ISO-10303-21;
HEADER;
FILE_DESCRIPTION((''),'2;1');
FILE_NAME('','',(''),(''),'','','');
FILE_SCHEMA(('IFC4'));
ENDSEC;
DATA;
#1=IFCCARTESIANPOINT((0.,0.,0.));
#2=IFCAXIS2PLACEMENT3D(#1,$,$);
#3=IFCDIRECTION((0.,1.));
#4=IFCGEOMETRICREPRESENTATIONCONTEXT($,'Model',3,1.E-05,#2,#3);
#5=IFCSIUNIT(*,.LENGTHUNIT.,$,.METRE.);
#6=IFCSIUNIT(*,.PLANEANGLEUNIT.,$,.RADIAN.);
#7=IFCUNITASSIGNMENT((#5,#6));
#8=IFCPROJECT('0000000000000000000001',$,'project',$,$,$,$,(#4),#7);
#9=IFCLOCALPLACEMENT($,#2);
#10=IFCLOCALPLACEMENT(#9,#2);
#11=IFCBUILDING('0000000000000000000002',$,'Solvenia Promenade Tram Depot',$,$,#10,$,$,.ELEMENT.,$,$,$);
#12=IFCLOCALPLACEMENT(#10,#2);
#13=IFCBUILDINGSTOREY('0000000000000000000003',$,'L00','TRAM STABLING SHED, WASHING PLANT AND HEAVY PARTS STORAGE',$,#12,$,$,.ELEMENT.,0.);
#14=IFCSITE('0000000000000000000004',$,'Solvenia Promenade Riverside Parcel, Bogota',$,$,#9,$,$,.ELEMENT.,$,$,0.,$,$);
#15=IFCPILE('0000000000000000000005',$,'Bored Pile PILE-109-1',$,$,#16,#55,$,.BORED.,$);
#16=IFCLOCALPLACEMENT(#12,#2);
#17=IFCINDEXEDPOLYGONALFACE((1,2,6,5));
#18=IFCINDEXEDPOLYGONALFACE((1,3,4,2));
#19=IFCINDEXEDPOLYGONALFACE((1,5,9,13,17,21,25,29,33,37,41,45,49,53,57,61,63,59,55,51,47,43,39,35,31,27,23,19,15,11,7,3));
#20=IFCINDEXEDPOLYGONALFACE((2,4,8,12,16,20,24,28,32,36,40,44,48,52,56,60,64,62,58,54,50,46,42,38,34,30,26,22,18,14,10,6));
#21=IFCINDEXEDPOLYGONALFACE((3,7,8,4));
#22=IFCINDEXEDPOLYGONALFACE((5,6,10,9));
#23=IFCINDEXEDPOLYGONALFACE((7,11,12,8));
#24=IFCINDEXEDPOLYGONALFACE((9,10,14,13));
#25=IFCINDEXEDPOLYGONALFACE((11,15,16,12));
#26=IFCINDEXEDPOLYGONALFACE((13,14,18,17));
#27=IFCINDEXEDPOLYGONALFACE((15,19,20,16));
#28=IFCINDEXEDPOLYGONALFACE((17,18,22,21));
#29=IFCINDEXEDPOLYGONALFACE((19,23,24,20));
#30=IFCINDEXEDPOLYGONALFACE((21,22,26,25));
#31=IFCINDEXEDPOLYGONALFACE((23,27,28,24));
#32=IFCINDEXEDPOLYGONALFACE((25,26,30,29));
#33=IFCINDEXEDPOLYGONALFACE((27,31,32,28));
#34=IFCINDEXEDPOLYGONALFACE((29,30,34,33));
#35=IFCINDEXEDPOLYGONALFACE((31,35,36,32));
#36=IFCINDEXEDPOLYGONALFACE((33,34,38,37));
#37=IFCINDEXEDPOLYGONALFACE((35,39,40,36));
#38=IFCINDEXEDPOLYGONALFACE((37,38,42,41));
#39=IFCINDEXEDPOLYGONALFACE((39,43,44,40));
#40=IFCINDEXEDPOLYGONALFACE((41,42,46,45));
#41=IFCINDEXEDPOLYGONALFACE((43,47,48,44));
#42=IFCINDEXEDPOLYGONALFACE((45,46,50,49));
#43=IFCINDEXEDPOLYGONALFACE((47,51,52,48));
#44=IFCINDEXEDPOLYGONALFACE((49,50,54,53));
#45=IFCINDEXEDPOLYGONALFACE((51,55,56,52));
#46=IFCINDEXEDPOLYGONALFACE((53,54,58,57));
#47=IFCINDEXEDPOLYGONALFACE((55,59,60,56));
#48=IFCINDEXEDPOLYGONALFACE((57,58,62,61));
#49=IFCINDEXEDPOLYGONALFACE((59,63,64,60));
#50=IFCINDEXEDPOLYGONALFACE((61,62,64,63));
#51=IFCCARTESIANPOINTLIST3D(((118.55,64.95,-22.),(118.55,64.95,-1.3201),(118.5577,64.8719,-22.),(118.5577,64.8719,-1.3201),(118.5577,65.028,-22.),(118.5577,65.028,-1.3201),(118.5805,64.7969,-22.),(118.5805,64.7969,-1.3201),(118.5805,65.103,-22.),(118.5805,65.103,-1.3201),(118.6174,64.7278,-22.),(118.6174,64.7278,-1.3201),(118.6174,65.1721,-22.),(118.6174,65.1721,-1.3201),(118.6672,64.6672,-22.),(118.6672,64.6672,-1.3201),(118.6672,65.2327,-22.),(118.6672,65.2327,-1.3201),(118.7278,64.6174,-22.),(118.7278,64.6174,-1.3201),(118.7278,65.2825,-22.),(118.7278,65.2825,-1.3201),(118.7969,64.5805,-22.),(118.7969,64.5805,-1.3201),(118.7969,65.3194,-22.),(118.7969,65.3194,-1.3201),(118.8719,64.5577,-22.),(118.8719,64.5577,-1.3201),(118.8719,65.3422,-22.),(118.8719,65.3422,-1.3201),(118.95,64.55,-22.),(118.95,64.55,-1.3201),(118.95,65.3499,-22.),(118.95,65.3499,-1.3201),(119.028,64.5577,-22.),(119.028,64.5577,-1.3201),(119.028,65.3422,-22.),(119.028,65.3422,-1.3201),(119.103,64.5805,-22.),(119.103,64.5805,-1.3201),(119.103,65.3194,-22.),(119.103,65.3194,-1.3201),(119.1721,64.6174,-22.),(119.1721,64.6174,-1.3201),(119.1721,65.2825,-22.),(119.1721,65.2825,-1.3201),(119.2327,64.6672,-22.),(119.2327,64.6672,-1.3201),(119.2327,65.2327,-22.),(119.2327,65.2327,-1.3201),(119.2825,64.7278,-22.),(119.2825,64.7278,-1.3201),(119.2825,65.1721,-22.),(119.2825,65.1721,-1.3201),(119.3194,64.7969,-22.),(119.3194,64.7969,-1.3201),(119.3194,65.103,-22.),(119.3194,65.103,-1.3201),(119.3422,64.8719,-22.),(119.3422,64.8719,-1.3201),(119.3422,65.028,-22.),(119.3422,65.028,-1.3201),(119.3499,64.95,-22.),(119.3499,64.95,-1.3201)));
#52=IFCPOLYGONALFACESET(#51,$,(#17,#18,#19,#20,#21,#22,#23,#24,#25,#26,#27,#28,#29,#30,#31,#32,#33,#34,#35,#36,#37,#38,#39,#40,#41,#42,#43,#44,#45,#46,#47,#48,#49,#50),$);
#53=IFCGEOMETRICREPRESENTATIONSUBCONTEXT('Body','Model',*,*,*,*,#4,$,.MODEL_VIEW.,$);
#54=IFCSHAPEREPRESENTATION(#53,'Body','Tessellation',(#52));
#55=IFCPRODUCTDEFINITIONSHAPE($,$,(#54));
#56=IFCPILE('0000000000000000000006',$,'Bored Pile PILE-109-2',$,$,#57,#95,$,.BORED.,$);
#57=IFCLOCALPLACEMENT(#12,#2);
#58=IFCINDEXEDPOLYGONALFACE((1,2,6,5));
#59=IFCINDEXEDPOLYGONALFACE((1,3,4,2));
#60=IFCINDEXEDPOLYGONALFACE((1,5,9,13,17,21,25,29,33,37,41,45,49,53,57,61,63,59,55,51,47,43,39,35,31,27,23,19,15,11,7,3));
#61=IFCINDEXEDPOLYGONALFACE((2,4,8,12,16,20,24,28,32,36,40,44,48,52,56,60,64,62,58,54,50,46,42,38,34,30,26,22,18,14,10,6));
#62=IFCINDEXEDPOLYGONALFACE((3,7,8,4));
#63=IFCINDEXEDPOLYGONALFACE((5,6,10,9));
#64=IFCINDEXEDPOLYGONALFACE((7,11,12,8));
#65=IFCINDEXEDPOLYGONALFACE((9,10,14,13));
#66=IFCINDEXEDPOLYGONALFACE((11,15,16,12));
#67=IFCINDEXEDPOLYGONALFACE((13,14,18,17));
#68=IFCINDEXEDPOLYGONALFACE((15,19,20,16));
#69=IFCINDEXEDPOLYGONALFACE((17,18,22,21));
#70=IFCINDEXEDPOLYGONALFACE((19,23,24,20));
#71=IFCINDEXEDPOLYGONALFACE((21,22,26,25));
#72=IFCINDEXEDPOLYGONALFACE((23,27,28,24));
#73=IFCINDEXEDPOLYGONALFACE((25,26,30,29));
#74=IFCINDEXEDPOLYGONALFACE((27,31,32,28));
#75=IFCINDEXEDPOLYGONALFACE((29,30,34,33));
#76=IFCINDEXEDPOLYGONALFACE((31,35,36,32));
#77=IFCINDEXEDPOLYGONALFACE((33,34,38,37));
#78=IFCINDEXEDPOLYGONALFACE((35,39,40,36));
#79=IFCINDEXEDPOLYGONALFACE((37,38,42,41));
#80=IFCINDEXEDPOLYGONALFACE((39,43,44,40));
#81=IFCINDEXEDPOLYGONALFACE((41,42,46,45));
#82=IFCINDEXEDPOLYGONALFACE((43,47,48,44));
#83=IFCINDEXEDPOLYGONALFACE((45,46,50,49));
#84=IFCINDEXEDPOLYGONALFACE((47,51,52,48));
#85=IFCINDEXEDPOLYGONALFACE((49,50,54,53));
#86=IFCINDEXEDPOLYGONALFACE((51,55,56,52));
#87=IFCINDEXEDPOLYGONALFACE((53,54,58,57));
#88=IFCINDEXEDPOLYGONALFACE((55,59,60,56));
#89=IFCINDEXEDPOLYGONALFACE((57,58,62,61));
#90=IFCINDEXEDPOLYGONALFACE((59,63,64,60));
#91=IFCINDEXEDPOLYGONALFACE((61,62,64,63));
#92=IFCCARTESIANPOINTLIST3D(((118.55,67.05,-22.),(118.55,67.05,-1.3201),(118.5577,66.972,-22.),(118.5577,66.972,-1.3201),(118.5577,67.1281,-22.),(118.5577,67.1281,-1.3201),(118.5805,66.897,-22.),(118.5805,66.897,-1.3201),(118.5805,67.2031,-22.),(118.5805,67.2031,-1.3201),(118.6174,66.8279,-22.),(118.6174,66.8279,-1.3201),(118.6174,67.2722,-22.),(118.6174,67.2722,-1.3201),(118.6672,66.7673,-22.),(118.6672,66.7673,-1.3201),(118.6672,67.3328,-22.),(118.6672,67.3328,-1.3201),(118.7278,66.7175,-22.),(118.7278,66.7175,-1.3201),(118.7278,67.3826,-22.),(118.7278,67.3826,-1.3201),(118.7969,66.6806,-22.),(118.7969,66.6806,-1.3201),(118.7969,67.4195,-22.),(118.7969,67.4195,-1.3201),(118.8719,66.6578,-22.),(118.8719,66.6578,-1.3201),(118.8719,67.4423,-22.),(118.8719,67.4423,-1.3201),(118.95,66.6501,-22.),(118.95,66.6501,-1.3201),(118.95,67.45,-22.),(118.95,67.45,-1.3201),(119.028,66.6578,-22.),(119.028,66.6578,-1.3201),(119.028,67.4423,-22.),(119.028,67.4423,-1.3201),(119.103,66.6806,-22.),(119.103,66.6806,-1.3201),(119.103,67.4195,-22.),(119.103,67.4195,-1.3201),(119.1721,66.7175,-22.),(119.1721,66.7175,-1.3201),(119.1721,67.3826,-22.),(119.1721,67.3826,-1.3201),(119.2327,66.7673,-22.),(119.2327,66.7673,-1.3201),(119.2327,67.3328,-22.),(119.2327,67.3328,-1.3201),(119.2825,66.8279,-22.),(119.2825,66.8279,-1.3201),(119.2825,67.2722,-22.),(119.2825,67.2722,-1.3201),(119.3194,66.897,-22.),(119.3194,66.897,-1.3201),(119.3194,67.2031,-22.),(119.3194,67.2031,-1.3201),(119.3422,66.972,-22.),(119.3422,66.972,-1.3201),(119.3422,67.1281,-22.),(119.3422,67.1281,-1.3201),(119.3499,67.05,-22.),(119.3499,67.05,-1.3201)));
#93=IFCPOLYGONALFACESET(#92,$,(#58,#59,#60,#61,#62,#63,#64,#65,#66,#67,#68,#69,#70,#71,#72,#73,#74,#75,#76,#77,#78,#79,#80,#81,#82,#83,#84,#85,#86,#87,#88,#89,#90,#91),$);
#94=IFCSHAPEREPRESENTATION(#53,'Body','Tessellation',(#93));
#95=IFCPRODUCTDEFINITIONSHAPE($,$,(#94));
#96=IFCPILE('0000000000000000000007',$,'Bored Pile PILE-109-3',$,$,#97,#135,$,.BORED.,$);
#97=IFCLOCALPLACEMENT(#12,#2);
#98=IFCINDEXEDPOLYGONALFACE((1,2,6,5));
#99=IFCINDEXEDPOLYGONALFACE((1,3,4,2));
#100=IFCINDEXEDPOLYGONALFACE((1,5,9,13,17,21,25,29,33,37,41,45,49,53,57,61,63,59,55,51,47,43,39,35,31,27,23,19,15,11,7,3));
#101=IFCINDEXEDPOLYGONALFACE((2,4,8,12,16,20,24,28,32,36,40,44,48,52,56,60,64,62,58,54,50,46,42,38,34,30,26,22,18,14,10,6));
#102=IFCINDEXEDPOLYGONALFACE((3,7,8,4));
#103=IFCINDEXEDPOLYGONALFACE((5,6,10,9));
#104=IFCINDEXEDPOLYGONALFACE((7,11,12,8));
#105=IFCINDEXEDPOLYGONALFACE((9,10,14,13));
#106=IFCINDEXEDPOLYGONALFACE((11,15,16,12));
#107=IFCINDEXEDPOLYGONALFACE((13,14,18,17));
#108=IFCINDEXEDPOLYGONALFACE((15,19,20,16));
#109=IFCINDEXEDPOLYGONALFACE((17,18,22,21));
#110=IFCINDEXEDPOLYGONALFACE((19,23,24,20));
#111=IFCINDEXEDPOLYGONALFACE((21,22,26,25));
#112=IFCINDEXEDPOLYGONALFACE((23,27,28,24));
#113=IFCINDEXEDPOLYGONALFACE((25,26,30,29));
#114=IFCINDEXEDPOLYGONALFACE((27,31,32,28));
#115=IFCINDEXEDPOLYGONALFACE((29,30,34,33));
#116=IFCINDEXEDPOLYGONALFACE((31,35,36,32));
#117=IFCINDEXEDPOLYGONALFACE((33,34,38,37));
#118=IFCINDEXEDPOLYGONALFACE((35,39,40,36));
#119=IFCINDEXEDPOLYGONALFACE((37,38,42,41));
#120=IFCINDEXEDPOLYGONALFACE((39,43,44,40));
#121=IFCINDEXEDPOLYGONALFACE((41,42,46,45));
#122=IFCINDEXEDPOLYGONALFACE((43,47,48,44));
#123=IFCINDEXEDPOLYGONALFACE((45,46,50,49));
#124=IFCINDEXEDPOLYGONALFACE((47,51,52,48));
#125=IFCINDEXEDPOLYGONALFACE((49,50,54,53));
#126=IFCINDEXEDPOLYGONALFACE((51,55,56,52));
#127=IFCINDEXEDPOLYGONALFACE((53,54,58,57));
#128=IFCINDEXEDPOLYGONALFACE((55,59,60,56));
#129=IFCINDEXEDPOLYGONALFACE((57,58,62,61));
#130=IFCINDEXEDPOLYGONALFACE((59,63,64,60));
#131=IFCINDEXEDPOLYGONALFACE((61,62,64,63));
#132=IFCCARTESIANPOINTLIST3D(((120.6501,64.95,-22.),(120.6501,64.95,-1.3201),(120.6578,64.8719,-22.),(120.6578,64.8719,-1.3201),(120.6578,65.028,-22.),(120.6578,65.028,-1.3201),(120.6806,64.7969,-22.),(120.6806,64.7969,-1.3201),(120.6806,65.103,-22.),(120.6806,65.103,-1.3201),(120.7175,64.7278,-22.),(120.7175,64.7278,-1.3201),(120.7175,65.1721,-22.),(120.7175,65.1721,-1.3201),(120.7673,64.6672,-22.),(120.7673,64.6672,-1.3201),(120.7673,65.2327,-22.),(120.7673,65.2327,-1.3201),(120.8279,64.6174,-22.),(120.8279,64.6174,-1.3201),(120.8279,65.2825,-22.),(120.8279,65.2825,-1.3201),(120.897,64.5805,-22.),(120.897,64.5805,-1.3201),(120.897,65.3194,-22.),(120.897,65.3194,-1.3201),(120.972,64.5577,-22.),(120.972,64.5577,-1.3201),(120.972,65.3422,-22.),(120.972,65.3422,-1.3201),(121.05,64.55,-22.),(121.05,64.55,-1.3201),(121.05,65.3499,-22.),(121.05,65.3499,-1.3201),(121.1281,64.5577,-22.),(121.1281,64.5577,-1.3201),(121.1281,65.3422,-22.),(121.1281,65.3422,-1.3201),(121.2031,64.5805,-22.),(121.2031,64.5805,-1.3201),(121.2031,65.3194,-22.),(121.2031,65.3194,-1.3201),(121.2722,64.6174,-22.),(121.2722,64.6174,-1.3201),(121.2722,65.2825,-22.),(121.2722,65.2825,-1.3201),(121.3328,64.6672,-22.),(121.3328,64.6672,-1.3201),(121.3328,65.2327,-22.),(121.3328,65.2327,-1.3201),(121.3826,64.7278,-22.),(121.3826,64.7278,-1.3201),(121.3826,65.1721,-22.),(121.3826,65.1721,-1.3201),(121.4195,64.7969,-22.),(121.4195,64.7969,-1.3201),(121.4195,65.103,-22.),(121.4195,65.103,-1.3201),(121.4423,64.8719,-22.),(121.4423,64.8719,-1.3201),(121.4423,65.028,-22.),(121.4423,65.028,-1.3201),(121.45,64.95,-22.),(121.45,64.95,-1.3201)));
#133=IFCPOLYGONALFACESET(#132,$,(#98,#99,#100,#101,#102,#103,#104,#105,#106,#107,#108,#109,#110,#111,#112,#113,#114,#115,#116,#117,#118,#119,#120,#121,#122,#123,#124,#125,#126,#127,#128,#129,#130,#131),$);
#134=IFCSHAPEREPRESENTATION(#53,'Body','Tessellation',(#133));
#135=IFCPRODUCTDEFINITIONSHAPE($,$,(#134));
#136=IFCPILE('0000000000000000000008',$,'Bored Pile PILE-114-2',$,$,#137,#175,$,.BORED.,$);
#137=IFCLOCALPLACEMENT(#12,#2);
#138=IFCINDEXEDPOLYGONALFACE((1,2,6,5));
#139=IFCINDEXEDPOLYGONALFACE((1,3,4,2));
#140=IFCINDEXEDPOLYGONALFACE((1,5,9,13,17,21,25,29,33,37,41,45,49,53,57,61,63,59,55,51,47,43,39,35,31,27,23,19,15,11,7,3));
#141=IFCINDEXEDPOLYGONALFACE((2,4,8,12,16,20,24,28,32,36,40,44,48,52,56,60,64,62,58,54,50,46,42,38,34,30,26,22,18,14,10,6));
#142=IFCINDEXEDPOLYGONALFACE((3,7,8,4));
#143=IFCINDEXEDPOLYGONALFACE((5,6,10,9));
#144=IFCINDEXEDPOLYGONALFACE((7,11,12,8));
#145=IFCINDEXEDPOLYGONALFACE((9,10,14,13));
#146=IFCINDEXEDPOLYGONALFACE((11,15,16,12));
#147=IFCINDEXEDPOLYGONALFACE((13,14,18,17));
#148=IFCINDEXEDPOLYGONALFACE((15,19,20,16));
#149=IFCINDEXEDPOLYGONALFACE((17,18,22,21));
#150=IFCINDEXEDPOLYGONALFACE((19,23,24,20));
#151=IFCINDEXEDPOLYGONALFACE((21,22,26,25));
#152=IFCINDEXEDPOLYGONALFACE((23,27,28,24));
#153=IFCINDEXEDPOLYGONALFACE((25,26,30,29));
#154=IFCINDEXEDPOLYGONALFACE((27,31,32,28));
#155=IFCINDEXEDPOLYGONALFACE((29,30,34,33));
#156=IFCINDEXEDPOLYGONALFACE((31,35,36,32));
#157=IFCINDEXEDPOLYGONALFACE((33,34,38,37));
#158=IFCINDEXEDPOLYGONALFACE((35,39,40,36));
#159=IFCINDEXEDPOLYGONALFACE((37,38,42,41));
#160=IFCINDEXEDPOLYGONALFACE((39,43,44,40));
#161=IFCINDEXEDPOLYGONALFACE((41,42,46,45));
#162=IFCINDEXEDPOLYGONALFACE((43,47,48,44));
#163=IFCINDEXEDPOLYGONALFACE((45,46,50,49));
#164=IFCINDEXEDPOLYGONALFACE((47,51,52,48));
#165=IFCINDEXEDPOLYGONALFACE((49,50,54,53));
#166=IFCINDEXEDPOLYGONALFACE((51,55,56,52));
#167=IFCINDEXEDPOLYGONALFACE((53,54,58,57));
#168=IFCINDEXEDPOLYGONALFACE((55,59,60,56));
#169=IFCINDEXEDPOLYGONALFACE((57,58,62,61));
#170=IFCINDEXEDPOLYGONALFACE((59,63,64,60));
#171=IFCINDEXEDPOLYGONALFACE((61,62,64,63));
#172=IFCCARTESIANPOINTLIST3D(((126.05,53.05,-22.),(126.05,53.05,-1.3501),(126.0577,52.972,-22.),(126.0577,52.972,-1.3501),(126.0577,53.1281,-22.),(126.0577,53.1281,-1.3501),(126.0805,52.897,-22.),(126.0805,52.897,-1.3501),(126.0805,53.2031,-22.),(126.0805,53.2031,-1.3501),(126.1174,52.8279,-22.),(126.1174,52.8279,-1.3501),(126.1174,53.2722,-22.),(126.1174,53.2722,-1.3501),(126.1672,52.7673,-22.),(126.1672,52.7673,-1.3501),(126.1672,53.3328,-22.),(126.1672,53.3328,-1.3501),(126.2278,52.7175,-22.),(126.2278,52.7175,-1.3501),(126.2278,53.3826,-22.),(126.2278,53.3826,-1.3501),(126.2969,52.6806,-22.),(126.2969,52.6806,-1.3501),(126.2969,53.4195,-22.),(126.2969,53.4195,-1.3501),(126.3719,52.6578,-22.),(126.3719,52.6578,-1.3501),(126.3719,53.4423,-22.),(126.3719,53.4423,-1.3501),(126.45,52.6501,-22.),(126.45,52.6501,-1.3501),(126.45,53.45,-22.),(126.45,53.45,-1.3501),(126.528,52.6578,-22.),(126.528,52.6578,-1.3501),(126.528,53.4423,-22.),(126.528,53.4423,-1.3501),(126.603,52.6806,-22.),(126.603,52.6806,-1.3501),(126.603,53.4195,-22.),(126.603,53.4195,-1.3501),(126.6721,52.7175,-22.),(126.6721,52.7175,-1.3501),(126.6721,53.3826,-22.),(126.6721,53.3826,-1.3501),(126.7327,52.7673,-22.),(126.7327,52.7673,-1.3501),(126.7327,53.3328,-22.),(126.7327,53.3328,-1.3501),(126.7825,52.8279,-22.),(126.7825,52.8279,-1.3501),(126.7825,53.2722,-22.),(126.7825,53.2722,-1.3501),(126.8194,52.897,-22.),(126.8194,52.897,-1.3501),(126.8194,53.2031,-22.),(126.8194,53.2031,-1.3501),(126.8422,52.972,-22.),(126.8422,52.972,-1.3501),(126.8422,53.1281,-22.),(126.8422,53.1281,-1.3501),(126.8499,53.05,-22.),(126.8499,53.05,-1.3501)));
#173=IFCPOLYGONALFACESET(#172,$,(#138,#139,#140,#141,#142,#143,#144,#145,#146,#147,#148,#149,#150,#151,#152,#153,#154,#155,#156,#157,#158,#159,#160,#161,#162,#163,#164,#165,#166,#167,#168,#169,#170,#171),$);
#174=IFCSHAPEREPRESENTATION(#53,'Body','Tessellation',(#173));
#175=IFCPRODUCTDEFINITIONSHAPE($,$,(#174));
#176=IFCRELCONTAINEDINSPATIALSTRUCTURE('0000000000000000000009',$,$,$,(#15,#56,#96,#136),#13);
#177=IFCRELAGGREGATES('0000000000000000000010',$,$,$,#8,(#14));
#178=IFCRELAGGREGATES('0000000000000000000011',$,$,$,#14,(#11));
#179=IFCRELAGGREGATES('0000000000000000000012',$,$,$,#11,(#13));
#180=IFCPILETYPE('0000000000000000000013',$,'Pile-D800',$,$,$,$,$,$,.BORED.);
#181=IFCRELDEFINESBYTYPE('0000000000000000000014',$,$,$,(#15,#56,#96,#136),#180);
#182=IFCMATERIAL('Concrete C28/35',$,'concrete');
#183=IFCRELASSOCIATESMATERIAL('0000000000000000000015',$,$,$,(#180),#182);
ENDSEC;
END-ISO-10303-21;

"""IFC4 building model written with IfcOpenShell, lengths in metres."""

from ifc_helpers import new_model, si_unit, direction, frame, origin, origin_2d, place, context, subcontext, project, spatial, circle, extrude, material, material_profile, profile_set, type_object, element, save


model = new_model("IFC4")

# Units and contexts
model_context = context("Model", 3, precision=1e-05, world=origin(), true_north=direction((0.0, 1.0)))
body_context = subcontext(model_context, "Body", "Model", "MODEL_VIEW")
ifc_project = project(units=[si_unit("LENGTHUNIT", "METRE"), si_unit("PLANEANGLEUNIT", "RADIAN")], contexts=[model_context])

# Site, building, storey
site_placement = place(None, origin())
site = spatial("IfcSite", under=ifc_project, at=site_placement, Name="Solvenia Promenade Riverside Parcel, Bogota", CompositionType="ELEMENT", RefElevation=0.0)
building_placement = place(site_placement, origin())
building = spatial("IfcBuilding", under=site, at=building_placement, Name="Solvenia Promenade Tram Depot", CompositionType="ELEMENT")
storey_placement = place(building_placement, origin())
storey = spatial("IfcBuildingStorey", under=building, at=storey_placement, Name="L00", Description="TRAM STABLING SHED, WASHING PLANT AND HEAVY PARTS STORAGE", CompositionType="ELEMENT", Elevation=0.0)

# Shared definitions
ifc_material_1 = material(Name="Concrete C28/35", Category="concrete")

# Piles
ifc_material_profile_1 = material_profile(ifc_material_1, circle(Radius=0.3999, at=origin_2d()), Name="D800", Category="concrete")
ifc_profile_set_1 = profile_set([ifc_material_profile_1], Name="Concrete C28/35")
pile_type = type_object("IfcPileType", Name="Pile-D800", PredefinedType="BORED", material=ifc_profile_set_1)
for number, where, z_axis, x_axis, name in (
    (1, (118.95, 64.95, -1.3201), (0.0, 0.0, -1.0), (1.0, 0.0, 0.0), "Bored Pile PILE-109-1"),
    (2, (118.95, 67.05, -1.3201), (0.0, 0.0, -1.0), (1.0, 0.0, 0.0), "Bored Pile PILE-109-2"),
    (3, (121.05, 64.95, -1.3201), (0.0, 0.0, -1.0), (1.0, 0.0, 0.0), "Bored Pile PILE-109-3"),
):
    element("IfcPile", number, at=place(storey_placement, frame(where, z_axis=z_axis, x_axis=x_axis)), inside=storey, type_object=pile_type, Name=name, PredefinedType="BORED", context=body_context, shape_type="SweptSolid", body=[
        extrude(circle(Radius=0.3999, at=origin_2d()), origin(), (0.0, 0.0, 1.0), 20.6799),
    ])
for number, where, z_axis, x_axis, name in (
    (4, (126.45, 53.05, -1.3501), (0.0, 0.0, -1.0), (1.0, 0.0, 0.0), "Bored Pile PILE-114-2"),
):
    element("IfcPile", number, at=place(storey_placement, frame(where, z_axis=z_axis, x_axis=x_axis)), inside=storey, type_object=pile_type, Name=name, PredefinedType="BORED", context=body_context, shape_type="SweptSolid", body=[
        extrude(circle(Radius=0.3999, at=origin_2d()), origin(), (0.0, 0.0, 1.0), 20.6499),
    ])

save(model, "model.ifc")
